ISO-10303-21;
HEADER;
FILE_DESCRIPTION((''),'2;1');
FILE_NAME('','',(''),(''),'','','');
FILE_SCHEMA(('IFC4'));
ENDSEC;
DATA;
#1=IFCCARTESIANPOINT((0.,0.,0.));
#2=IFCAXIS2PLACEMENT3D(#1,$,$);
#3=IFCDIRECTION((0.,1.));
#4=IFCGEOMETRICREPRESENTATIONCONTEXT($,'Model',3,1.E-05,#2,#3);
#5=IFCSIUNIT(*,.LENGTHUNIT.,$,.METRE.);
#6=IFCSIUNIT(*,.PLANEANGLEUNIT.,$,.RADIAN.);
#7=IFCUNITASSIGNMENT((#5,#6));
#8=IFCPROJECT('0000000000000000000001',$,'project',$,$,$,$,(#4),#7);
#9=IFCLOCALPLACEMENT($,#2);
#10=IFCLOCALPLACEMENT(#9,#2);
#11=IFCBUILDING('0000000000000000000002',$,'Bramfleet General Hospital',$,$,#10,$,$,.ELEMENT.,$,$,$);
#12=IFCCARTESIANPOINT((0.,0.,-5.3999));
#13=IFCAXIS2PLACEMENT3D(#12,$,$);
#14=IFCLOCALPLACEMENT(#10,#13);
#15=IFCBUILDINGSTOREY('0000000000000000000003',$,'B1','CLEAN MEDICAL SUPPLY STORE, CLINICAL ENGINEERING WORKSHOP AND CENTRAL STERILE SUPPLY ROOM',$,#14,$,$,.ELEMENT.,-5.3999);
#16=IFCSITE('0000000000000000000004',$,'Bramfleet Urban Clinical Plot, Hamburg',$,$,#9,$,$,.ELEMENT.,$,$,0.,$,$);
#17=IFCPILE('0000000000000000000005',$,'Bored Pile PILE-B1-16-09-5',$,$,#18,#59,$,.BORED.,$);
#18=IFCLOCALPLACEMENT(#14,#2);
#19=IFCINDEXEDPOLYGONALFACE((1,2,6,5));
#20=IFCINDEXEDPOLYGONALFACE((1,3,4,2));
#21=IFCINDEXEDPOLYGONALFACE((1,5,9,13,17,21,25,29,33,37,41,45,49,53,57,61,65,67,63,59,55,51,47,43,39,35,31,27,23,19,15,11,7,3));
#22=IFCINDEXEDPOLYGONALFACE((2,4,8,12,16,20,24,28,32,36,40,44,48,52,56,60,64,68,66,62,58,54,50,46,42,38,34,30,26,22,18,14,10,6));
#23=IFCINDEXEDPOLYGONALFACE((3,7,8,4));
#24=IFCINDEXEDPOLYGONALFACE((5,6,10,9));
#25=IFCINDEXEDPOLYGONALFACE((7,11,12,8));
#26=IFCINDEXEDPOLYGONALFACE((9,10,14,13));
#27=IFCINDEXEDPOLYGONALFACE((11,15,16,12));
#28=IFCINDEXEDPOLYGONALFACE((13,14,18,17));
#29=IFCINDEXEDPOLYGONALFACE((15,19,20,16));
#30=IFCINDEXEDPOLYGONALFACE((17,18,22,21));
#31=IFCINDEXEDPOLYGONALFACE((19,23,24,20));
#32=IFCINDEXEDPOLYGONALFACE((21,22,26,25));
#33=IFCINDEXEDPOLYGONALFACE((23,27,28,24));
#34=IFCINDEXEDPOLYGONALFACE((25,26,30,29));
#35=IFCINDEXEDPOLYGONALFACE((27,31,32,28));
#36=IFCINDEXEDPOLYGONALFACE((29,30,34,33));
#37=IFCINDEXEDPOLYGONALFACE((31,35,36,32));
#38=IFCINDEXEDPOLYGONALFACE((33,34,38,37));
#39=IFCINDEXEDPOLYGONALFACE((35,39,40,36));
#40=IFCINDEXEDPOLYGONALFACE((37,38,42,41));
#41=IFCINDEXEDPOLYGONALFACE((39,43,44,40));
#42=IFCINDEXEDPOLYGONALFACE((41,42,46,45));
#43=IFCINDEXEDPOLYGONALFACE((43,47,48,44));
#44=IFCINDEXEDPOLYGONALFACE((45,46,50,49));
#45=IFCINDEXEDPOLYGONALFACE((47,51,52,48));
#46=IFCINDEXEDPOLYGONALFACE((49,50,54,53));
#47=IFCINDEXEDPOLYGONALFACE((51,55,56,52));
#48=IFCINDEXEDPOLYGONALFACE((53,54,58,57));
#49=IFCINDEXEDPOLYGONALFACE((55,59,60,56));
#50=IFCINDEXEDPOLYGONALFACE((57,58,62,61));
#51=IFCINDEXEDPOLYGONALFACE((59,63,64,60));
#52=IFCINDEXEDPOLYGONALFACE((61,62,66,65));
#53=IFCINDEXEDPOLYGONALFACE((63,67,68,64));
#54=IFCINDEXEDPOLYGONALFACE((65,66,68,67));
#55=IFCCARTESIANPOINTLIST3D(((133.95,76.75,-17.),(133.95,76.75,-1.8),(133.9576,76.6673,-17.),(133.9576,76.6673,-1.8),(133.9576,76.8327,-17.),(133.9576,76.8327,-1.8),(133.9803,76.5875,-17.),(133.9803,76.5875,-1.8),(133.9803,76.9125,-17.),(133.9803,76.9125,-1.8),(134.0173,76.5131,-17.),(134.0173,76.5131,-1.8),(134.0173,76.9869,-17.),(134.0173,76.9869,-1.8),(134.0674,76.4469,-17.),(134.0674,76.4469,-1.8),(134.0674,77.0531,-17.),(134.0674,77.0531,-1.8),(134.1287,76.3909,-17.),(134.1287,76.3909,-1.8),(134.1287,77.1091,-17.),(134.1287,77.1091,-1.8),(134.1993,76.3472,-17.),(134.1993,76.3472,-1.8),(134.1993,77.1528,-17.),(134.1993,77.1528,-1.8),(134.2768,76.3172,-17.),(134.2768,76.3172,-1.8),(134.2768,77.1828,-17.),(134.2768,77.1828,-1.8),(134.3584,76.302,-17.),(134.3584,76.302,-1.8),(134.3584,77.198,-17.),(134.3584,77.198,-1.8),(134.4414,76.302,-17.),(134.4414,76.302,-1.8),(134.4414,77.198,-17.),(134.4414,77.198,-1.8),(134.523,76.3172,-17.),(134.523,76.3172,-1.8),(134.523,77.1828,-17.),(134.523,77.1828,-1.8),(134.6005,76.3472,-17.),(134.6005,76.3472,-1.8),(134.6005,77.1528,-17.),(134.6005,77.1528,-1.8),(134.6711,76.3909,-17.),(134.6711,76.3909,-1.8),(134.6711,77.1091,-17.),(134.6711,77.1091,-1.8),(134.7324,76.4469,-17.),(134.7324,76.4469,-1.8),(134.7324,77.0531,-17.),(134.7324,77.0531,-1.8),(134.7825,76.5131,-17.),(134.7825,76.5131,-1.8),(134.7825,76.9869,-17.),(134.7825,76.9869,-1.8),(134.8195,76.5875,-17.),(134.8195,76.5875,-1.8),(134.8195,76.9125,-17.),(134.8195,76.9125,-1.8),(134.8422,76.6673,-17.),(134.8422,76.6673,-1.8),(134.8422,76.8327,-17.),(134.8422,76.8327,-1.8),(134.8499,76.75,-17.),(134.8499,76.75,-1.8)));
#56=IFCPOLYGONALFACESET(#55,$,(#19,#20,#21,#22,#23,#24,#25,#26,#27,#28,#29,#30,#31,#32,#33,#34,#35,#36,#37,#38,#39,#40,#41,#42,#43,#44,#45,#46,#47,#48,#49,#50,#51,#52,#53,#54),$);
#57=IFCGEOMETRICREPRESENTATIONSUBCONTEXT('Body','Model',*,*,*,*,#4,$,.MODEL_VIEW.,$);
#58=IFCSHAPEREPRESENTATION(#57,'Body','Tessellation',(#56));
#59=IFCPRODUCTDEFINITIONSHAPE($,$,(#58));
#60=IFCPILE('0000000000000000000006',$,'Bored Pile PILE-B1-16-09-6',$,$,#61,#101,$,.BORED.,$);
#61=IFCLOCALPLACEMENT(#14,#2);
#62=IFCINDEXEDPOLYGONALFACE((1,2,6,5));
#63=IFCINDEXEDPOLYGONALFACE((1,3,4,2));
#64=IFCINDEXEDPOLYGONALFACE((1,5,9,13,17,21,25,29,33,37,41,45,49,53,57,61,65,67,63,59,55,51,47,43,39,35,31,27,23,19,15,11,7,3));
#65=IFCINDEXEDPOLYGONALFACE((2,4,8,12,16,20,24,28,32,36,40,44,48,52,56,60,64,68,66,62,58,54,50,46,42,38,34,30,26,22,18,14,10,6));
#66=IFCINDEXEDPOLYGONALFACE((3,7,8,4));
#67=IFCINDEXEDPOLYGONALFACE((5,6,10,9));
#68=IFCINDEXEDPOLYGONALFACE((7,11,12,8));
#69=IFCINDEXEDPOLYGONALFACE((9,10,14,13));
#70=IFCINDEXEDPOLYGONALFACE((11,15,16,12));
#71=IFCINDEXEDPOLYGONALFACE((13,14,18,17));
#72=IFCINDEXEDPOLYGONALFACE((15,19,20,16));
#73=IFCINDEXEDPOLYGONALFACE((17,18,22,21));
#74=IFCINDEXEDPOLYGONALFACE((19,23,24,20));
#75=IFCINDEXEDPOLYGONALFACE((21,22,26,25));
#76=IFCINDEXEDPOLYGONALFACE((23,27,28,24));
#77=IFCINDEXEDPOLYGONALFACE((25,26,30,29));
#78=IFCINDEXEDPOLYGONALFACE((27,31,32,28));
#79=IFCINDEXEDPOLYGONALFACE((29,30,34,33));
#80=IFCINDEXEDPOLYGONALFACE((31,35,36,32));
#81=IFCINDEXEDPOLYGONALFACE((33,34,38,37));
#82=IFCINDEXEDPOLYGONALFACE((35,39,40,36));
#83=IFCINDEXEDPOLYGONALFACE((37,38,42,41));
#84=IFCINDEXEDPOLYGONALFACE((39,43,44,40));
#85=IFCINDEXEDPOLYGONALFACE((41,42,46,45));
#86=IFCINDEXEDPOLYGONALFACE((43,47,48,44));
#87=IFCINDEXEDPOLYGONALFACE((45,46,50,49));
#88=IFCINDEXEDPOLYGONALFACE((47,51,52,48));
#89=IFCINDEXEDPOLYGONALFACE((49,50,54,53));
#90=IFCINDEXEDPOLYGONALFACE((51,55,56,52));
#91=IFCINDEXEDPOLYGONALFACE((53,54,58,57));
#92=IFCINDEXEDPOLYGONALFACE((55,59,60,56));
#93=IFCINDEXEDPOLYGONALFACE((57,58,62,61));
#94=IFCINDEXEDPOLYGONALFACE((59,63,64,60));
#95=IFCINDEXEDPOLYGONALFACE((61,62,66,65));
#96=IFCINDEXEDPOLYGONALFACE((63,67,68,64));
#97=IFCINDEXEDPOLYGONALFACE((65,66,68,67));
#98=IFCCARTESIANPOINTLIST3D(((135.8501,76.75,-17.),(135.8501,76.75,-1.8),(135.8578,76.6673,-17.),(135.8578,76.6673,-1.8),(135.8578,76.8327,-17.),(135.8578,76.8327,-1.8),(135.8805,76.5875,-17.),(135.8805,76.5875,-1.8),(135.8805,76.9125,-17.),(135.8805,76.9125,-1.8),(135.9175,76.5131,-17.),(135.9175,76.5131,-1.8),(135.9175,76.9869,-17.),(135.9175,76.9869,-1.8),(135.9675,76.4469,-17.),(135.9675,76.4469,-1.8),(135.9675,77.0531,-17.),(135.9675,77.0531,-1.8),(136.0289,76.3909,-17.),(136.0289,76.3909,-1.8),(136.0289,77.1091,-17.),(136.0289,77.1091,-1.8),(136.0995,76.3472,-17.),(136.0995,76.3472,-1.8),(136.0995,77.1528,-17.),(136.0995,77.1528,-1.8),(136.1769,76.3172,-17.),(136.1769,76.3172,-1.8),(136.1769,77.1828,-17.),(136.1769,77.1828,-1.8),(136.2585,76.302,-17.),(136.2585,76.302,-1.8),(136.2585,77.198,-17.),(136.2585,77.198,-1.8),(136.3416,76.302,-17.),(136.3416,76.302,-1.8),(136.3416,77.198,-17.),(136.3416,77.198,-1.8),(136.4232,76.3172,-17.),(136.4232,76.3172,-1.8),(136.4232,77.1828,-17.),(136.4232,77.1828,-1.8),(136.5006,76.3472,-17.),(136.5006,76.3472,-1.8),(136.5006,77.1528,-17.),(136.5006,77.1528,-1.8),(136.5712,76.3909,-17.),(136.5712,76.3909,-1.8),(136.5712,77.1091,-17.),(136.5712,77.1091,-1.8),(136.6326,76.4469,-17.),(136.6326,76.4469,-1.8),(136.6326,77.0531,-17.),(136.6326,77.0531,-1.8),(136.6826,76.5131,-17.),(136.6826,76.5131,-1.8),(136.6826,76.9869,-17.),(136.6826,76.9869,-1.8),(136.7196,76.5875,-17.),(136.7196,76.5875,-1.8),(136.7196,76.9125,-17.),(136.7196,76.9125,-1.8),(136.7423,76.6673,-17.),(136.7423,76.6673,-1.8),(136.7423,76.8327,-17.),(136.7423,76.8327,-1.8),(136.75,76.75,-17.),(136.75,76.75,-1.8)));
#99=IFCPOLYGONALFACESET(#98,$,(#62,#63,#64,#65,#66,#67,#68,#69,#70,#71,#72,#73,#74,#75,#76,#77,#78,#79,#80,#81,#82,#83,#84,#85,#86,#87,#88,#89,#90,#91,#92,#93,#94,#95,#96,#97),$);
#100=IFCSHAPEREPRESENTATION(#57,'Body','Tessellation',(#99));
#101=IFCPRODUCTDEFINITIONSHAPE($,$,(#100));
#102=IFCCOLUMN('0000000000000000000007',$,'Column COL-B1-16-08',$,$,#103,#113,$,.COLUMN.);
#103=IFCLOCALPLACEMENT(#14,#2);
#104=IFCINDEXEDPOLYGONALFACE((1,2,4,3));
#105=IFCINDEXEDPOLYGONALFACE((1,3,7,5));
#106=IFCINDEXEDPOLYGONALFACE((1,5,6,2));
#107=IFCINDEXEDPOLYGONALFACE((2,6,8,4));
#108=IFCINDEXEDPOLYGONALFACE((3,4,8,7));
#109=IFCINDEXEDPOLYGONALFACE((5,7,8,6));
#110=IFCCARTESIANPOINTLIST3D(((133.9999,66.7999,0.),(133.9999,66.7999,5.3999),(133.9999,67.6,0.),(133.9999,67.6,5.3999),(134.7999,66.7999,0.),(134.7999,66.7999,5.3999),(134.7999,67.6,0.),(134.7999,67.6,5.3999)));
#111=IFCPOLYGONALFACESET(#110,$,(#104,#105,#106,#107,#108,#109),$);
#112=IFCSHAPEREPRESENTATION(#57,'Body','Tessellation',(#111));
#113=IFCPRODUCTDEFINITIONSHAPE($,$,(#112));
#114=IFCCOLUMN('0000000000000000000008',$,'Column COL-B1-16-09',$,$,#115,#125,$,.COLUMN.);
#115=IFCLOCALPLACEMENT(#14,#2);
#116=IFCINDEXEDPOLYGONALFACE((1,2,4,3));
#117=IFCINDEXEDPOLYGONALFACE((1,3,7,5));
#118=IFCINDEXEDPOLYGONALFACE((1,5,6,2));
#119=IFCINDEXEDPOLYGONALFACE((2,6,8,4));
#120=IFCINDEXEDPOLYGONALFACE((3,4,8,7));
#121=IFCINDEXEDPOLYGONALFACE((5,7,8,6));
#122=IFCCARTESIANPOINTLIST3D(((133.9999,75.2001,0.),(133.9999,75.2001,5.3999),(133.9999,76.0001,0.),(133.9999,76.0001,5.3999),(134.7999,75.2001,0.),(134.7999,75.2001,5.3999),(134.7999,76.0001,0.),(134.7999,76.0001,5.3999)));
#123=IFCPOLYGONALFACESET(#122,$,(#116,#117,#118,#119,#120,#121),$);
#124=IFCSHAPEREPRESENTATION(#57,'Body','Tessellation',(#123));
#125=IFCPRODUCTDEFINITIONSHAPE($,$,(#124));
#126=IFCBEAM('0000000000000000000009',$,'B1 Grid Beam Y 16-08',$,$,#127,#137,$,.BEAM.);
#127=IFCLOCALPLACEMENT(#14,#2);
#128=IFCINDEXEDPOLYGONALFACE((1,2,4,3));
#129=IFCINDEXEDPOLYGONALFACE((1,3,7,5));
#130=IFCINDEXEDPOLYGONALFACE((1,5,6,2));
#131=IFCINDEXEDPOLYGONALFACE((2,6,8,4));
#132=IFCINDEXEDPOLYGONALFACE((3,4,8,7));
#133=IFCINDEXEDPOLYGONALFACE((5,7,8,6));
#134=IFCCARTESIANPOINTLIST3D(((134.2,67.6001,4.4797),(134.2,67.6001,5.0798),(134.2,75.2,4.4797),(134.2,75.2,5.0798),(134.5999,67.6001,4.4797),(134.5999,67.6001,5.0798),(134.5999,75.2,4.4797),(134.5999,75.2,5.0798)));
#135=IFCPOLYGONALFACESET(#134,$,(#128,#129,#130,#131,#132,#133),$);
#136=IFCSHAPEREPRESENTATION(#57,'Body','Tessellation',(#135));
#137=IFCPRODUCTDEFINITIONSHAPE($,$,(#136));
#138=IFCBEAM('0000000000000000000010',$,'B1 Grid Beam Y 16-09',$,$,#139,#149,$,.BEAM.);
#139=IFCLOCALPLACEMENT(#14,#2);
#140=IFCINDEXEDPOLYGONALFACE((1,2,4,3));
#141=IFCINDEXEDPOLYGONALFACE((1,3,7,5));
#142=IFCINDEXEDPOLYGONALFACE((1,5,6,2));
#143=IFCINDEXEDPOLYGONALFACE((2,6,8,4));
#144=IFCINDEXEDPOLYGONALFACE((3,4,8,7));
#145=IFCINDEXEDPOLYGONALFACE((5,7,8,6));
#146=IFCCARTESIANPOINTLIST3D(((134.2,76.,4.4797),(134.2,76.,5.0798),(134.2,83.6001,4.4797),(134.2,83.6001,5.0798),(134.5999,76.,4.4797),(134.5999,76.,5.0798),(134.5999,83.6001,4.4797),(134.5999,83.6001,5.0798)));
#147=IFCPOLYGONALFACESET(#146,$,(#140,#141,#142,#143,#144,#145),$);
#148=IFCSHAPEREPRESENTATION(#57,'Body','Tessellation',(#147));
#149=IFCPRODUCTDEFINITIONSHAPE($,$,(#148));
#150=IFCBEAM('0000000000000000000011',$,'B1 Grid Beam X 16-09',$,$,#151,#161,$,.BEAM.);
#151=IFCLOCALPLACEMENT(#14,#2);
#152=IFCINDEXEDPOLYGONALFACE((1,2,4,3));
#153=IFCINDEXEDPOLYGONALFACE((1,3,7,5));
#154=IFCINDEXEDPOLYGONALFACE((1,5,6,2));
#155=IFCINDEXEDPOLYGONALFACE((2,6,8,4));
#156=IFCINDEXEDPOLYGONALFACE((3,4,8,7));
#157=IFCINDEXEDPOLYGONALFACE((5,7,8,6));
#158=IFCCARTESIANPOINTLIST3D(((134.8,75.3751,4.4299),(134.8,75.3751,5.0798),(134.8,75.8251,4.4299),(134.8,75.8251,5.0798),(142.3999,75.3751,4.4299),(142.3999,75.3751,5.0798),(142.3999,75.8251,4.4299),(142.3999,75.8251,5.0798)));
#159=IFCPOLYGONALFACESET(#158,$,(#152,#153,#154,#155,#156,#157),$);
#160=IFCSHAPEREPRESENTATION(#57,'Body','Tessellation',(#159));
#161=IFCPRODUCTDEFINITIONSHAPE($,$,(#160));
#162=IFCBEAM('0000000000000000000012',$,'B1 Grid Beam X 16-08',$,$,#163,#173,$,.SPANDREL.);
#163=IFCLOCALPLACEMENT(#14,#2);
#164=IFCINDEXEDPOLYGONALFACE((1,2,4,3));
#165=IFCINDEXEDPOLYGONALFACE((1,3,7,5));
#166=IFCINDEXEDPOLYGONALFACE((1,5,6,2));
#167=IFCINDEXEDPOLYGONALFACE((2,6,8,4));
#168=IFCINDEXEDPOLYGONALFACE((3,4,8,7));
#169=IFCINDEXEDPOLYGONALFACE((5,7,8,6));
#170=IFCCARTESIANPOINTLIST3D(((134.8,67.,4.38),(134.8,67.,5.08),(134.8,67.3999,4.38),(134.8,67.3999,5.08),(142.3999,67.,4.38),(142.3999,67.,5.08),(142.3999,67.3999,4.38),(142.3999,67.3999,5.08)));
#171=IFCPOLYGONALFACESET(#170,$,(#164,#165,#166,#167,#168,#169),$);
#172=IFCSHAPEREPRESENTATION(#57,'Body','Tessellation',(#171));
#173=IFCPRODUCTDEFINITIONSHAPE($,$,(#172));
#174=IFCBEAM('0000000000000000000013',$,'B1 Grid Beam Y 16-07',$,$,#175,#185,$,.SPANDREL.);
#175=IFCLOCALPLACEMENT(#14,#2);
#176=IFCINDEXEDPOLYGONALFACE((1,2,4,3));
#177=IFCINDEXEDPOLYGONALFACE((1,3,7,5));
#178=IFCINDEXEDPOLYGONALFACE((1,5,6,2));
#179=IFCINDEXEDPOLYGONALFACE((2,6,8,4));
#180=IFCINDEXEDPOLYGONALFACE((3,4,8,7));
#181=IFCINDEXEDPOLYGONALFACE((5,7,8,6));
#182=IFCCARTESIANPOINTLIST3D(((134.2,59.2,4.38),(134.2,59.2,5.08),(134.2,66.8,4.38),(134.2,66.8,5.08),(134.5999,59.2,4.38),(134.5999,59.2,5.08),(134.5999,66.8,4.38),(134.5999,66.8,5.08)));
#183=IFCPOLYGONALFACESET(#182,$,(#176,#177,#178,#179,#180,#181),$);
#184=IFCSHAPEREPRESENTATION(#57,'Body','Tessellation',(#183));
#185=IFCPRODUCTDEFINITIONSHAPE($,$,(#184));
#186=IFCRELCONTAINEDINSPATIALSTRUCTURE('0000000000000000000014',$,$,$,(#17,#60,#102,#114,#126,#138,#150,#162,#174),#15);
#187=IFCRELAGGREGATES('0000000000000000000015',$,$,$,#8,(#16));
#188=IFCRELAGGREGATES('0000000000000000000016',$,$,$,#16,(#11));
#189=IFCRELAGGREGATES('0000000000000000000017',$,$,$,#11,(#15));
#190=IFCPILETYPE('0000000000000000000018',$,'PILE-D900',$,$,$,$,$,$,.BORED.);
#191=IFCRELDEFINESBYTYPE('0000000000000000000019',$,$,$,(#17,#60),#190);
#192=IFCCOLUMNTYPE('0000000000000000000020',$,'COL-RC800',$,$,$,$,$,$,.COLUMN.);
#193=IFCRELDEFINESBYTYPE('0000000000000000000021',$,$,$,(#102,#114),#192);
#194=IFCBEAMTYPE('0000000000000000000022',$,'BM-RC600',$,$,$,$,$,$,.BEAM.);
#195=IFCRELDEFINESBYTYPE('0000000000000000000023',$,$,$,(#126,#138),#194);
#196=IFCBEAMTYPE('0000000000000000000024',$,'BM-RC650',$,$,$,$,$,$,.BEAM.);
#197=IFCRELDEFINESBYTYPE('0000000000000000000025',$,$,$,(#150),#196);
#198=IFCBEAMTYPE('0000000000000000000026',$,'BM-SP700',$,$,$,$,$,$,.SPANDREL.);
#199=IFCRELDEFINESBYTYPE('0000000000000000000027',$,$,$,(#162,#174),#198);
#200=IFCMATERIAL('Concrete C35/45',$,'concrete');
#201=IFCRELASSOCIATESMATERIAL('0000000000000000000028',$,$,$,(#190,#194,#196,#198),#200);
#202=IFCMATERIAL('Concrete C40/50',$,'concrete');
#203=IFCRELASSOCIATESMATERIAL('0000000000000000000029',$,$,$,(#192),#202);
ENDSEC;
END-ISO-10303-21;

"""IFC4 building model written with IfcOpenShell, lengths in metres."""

from ifc_helpers import new_model, si_unit, direction, frame, origin, origin_2d, place, context, subcontext, project, spatial, rectangle, circle, extrude, material, material_profile, profile_set, type_object, element, save


model = new_model("IFC4")

# Units and contexts
model_context = context("Model", 3, precision=1e-05, world=origin(), true_north=direction((0.0, 1.0)))
body_context = subcontext(model_context, "Body", "Model", "MODEL_VIEW")
ifc_project = project(units=[si_unit("LENGTHUNIT", "METRE"), si_unit("PLANEANGLEUNIT", "RADIAN")], contexts=[model_context])

# Site, building, storey
site_placement = place(None, origin())
site = spatial("IfcSite", under=ifc_project, at=site_placement, Name="Bramfleet Urban Clinical Plot, Hamburg", CompositionType="ELEMENT", RefElevation=0.0)
building_placement = place(site_placement, origin())
building = spatial("IfcBuilding", under=site, at=building_placement, Name="Bramfleet General Hospital", CompositionType="ELEMENT")
storey_placement = place(building_placement, frame((0.0, 0.0, -5.3999)))
storey = spatial("IfcBuildingStorey", under=building, at=storey_placement, Name="B1", Description="CLEAN MEDICAL SUPPLY STORE, CLINICAL ENGINEERING WORKSHOP AND CENTRAL STERILE SUPPLY ROOM", CompositionType="ELEMENT", Elevation=-5.3999)

# Shared definitions
ifc_material_1 = material(Name="Concrete C35/45", Category="concrete")

# Piles
ifc_material_profile_1 = material_profile(ifc_material_1, circle(Radius=0.45, at=origin_2d()), Name="PILE BORED D900")
ifc_profile_set_1 = profile_set([ifc_material_profile_1], Name="Concrete C35/45")
pile_type_1 = type_object("IfcPileType", Name="PILE-D900", PredefinedType="BORED", material=ifc_profile_set_1)
for number, where, z_axis, x_axis, name in (
    (1, (134.3999, 76.75, -1.8), (0.0, 0.0, -1.0), (1.0, 0.0, 0.0), "Bored Pile PILE-B1-16-09-5"),
    (2, (136.3, 76.75, -1.8), (0.0, 0.0, -1.0), (1.0, 0.0, 0.0), "Bored Pile PILE-B1-16-09-6"),
):
    element("IfcPile", number, at=place(storey_placement, frame(where, z_axis=z_axis, x_axis=x_axis)), inside=storey, type_object=pile_type_1, Name=name, PredefinedType="BORED", context=body_context, shape_type="SweptSolid", body=[
        extrude(circle(Radius=0.45, at=origin_2d()), origin(), (0.0, 0.0, 1.0), 15.2),
    ])

# Columns
ifc_material_2 = material(Name="Concrete C40/50", Category="concrete")
ifc_material_profile_2 = material_profile(ifc_material_2, rectangle(XDim=0.8, YDim=0.8, at=origin_2d()), Name="RC COL 800x800")
ifc_profile_set_2 = profile_set([ifc_material_profile_2], Name="Concrete C40/50")
column_type = type_object("IfcColumnType", Name="COL-RC800", PredefinedType="COLUMN", material=ifc_profile_set_2)
for number, where, z_axis, x_axis, name in (
    (3, (134.3999, 67.2, 0.0), (0.0, 0.0, 1.0), (1.0, 0.0, 0.0), "Column COL-B1-16-08"),
    (4, (134.3999, 75.6001, 0.0), (0.0, 0.0, 1.0), (1.0, 0.0, 0.0), "Column COL-B1-16-09"),
):
    element("IfcColumn", number, at=place(storey_placement, frame(where, z_axis=z_axis, x_axis=x_axis)), inside=storey, type_object=column_type, Name=name, PredefinedType="COLUMN", context=body_context, shape_type="SweptSolid", body=[
        extrude(rectangle(XDim=0.8, YDim=0.8, at=origin_2d()), origin(), (0.0, 0.0, 1.0), 5.3999),
    ])

# Beams
ifc_material_profile_3 = material_profile(ifc_material_1, rectangle(XDim=0.3999, YDim=0.6001, at=origin_2d()), Name="RC BM 600x400")
ifc_profile_set_3 = profile_set([ifc_material_profile_3], Name="Concrete C35/45")
beam_type_1 = type_object("IfcBeamType", Name="BM-RC600", PredefinedType="BEAM", material=ifc_profile_set_3)
beam_1_placement = place(storey_placement, frame((134.3999, 67.6001, 4.7798), z_axis=(0.0, 1.0, 0.0), x_axis=(-1.0, 0.0, 0.0)))
element("IfcBeam", 5, at=beam_1_placement, inside=storey, type_object=beam_type_1, Name="B1 Grid Beam Y 16-08", PredefinedType="BEAM", context=body_context, shape_type="SweptSolid", body=[
    extrude(rectangle(XDim=0.3999, YDim=0.6001, at=origin_2d()), origin(), (0.0, 0.0, 1.0), 7.5999),
])
beam_2_placement = place(storey_placement, frame((134.3999, 76.0, 4.7798), z_axis=(0.0, 1.0, 0.0), x_axis=(-1.0, 0.0, 0.0)))
element("IfcBeam", 6, at=beam_2_placement, inside=storey, type_object=beam_type_1, Name="B1 Grid Beam Y 16-09", PredefinedType="BEAM", context=body_context, shape_type="SweptSolid", body=[
    extrude(rectangle(XDim=0.3999, YDim=0.6001, at=origin_2d()), origin(), (0.0, 0.0, 1.0), 7.6001),
])
ifc_material_profile_4 = material_profile(ifc_material_1, rectangle(XDim=0.45, YDim=0.6499, at=origin_2d()), Name="RC BM 650x450")
ifc_profile_set_4 = profile_set([ifc_material_profile_4], Name="Concrete C35/45")
beam_type_2 = type_object("IfcBeamType", Name="BM-RC650", PredefinedType="BEAM", material=ifc_profile_set_4)
beam_3_placement = place(storey_placement, frame((134.8, 75.6001, 4.7549), z_axis=(1.0, 0.0, 0.0), x_axis=(0.0, 1.0, 0.0)))
element("IfcBeam", 7, at=beam_3_placement, inside=storey, type_object=beam_type_2, Name="B1 Grid Beam X 16-09", PredefinedType="BEAM", context=body_context, shape_type="SweptSolid", body=[
    extrude(rectangle(XDim=0.45, YDim=0.6499, at=origin_2d()), origin(), (0.0, 0.0, 1.0), 7.5999),
])
ifc_material_profile_5 = material_profile(ifc_material_1, rectangle(XDim=0.3999, YDim=0.7, at=origin_2d()), Name="RC SP 700x400")
ifc_profile_set_5 = profile_set([ifc_material_profile_5], Name="Concrete C35/45")
beam_type_3 = type_object("IfcBeamType", Name="BM-SP700", PredefinedType="SPANDREL", material=ifc_profile_set_5)
beam_4_placement = place(storey_placement, frame((134.8, 67.2, 4.73), z_axis=(1.0, 0.0, 0.0), x_axis=(0.0, 1.0, 0.0)))
element("IfcBeam", 8, at=beam_4_placement, inside=storey, type_object=beam_type_3, Name="B1 Grid Beam X 16-08", PredefinedType="SPANDREL", context=body_context, shape_type="SweptSolid", body=[
    extrude(rectangle(XDim=0.3999, YDim=0.7, at=origin_2d()), origin(), (0.0, 0.0, 1.0), 7.5999),
])
beam_5_placement = place(storey_placement, frame((134.3999, 59.2, 4.73), z_axis=(0.0, 1.0, 0.0), x_axis=(-1.0, 0.0, 0.0)))
element("IfcBeam", 9, at=beam_5_placement, inside=storey, type_object=beam_type_3, Name="B1 Grid Beam Y 16-07", PredefinedType="SPANDREL", context=body_context, shape_type="SweptSolid", body=[
    extrude(rectangle(XDim=0.3999, YDim=0.7, at=origin_2d()), origin(), (0.0, 0.0, 1.0), 7.6001),
])

save(model, "model.ifc")
